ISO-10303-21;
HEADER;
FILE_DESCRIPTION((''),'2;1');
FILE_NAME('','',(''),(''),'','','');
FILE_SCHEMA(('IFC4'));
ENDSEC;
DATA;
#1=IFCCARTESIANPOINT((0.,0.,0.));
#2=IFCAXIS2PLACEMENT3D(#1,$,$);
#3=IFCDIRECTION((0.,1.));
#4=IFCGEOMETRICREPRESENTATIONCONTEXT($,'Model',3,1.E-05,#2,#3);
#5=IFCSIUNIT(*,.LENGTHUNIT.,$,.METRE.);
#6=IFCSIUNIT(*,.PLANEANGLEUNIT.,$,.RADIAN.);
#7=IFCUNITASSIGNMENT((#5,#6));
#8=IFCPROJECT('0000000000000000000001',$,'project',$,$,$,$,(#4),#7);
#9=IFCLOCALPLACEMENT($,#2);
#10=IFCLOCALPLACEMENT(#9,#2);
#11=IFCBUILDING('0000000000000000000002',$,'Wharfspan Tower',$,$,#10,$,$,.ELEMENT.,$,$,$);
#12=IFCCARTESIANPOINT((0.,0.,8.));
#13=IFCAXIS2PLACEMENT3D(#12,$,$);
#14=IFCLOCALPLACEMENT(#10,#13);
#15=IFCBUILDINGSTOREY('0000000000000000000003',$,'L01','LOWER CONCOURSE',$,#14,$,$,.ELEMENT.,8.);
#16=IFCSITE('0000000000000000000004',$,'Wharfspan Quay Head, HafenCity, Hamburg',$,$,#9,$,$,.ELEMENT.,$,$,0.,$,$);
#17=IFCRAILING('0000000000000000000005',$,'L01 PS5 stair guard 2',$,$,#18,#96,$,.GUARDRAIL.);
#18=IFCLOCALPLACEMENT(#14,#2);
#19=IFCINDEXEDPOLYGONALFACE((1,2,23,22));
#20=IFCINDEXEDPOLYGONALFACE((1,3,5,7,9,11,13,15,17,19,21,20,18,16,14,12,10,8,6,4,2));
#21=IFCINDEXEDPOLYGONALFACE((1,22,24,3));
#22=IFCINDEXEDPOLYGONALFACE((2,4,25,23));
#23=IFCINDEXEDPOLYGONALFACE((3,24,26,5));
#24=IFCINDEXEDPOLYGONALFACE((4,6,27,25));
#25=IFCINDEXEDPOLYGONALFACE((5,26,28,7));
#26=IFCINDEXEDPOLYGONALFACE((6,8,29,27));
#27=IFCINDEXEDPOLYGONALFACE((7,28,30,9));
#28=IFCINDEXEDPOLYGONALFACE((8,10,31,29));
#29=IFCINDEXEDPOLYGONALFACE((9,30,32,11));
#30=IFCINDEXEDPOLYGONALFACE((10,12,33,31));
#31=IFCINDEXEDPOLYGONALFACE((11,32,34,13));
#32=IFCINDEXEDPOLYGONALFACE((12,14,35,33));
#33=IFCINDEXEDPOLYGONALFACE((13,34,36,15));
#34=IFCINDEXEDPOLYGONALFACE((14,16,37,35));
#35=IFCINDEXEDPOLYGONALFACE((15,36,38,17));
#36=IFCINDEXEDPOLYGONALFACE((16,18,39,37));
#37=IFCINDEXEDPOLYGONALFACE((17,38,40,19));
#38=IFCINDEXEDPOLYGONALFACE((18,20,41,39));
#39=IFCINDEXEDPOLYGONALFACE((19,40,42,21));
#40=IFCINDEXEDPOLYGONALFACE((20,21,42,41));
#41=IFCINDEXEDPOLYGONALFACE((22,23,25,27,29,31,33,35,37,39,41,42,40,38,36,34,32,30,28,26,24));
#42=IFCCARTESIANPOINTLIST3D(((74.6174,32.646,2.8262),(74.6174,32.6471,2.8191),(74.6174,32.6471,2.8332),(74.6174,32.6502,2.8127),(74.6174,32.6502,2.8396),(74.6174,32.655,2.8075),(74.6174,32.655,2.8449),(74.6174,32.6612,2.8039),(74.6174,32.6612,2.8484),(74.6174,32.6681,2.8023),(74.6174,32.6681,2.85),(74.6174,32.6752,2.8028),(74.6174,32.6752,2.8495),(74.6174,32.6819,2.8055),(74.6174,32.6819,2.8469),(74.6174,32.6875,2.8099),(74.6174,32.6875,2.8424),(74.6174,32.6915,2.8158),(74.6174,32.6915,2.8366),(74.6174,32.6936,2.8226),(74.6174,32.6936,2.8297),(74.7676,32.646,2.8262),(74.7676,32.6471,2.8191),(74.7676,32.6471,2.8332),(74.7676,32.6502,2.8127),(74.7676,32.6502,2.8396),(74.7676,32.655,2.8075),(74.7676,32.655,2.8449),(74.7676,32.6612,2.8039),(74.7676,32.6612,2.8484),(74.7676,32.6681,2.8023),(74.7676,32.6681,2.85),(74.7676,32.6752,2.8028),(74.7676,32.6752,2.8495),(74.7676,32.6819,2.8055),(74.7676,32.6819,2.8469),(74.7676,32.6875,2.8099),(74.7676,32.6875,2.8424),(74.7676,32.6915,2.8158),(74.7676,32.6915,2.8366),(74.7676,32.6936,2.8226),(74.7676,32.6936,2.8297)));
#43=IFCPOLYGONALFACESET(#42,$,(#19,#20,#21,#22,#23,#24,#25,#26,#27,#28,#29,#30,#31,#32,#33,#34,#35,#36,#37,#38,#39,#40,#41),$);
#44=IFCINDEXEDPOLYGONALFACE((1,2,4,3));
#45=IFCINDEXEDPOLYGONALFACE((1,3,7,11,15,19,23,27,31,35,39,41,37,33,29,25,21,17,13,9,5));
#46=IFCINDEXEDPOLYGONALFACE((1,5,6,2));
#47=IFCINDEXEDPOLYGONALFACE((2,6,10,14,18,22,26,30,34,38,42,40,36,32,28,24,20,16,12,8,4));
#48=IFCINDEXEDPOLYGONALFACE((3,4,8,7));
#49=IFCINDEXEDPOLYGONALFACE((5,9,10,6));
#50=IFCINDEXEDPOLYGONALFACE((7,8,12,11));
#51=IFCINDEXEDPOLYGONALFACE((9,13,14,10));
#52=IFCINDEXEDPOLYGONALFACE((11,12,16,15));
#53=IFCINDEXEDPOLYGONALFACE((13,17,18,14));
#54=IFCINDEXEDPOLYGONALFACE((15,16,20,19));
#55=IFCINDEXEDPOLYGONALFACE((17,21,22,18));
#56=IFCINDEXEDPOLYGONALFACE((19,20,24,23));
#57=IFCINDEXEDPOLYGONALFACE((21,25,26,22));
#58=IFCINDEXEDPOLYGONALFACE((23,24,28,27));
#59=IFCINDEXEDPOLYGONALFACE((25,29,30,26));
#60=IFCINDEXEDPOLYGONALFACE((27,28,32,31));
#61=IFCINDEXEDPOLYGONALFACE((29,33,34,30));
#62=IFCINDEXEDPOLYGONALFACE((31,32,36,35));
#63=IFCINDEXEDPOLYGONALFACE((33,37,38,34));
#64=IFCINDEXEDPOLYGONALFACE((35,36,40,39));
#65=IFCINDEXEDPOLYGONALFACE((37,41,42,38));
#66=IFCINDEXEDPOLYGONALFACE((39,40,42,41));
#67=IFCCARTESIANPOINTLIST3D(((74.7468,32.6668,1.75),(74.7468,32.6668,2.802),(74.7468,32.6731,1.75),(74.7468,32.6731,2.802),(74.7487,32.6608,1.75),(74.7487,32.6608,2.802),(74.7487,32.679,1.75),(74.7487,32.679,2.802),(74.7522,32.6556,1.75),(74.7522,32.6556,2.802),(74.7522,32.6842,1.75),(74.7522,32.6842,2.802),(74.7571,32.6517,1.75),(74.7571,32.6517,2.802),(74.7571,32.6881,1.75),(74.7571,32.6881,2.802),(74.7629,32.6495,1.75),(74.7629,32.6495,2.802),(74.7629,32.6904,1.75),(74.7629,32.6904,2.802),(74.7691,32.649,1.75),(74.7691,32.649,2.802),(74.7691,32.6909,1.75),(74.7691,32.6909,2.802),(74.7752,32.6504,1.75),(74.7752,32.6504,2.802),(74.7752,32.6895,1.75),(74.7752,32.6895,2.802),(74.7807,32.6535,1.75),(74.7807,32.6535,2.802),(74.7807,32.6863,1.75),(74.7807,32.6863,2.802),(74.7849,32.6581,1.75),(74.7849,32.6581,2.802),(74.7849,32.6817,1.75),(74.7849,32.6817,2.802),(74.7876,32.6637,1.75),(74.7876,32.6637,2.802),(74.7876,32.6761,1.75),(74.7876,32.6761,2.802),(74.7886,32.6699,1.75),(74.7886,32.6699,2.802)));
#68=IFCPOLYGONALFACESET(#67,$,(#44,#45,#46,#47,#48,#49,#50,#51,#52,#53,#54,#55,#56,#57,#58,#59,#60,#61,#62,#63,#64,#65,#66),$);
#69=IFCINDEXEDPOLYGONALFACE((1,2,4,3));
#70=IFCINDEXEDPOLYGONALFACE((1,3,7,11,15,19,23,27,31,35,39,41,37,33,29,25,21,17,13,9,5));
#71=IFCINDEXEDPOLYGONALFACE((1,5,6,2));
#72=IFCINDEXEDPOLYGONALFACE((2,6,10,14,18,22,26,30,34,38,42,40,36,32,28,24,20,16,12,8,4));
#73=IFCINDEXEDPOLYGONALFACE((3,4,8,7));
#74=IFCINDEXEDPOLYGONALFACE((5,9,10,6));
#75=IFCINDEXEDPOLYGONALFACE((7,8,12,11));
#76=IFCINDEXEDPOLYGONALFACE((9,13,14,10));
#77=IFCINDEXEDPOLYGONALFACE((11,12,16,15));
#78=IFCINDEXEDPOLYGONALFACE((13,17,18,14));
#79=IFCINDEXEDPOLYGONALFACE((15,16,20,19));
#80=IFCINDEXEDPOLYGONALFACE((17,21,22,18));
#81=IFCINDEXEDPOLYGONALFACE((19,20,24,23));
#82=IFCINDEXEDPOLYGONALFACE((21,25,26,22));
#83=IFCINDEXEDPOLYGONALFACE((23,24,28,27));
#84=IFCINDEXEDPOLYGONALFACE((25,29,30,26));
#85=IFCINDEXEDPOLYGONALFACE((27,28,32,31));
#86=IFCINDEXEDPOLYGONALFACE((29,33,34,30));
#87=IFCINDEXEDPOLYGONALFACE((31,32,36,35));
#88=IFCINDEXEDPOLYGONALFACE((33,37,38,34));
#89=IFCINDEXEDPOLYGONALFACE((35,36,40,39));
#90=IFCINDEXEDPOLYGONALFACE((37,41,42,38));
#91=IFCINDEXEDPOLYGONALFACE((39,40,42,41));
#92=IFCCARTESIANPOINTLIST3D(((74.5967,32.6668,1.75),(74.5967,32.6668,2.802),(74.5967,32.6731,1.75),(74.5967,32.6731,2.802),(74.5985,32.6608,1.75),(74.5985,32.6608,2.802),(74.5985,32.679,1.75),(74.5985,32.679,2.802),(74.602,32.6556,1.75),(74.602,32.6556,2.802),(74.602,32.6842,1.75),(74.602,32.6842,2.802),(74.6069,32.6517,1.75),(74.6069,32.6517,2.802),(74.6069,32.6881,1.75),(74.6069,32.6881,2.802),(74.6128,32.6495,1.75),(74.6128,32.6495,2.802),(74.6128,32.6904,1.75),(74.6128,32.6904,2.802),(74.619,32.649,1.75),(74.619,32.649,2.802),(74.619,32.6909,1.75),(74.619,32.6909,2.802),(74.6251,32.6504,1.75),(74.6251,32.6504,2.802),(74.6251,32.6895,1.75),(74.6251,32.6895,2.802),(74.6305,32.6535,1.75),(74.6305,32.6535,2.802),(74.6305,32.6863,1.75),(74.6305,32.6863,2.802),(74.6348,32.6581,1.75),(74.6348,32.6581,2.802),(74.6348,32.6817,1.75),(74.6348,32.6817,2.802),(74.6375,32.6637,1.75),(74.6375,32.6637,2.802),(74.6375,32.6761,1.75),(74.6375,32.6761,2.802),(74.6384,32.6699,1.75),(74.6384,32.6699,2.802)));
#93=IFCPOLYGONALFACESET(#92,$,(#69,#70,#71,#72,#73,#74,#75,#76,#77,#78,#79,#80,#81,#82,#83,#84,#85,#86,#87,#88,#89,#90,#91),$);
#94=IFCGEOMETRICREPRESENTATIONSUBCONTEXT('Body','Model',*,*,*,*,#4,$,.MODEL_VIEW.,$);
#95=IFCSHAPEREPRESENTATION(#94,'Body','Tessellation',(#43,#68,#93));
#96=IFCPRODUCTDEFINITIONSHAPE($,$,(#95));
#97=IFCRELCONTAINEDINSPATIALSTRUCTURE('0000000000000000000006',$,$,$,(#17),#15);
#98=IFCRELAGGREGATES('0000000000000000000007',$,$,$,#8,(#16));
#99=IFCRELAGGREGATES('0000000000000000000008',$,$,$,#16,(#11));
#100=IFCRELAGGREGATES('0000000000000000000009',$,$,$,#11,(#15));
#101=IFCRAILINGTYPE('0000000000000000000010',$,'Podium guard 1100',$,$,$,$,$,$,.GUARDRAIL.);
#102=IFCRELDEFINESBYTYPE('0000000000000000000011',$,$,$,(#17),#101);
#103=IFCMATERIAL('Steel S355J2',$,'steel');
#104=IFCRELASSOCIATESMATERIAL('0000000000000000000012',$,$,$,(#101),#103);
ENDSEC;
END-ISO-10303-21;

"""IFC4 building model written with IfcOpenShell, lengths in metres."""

from ifc_helpers import new_model, si_unit, direction, frame, origin, origin_2d, place, context, subcontext, project, spatial, circle, extrude, material, type_object, element, save


model = new_model("IFC4")

# Units and contexts
model_context = context("Model", 3, precision=1e-05, world=origin(), true_north=direction((0.0, 1.0)))
body_context = subcontext(model_context, "Body", "Model", "MODEL_VIEW")
ifc_project = project(units=[si_unit("LENGTHUNIT", "METRE"), si_unit("PLANEANGLEUNIT", "RADIAN")], contexts=[model_context])

# Site, building, storey
site_placement = place(None, origin())
site = spatial("IfcSite", under=ifc_project, at=site_placement, Name="Wharfspan Quay Head, HafenCity, Hamburg", CompositionType="ELEMENT", RefElevation=0.0)
building_placement = place(site_placement, origin())
building = spatial("IfcBuilding", under=site, at=building_placement, Name="Wharfspan Tower", CompositionType="ELEMENT")
storey_placement = place(building_placement, frame((0.0, 0.0, 8.0)))
storey = spatial("IfcBuildingStorey", under=building, at=storey_placement, Name="L01", Description="LOWER CONCOURSE", CompositionType="ELEMENT", Elevation=8.0)

# Railing
ifc_material_1 = material(Name="Steel S355J2", Category="steel")
railing_type_1 = type_object("IfcRailingType", Name="Podium guard 1100", PredefinedType="GUARDRAIL", material=ifc_material_1)
railing_1_placement = place(storey_placement, frame((74.7676, 32.6699, 1.75)))
element("IfcRailing", 1, at=railing_1_placement, inside=storey, type_object=railing_type_1, Name="L01 PS5 stair guard 2", PredefinedType="GUARDRAIL", context=body_context, shape_type="SweptSolid", body=[
    extrude(circle(Radius=0.0239, at=origin_2d()), frame((0.0, 0.0, 1.0762), z_axis=(-1.0, 0.0, 0.0), x_axis=(0.0, -1.0, 0.0)), (0.0, 0.0, 1.0), 0.1501),
    extrude(circle(Radius=0.021, at=origin_2d()), origin(), (0.0, 0.0, 1.0), 1.052),
    extrude(circle(Radius=0.021, at=origin_2d()), frame((-0.1501, 0.0, 0.0)), (0.0, 0.0, 1.0), 1.052),
])

save(model, "model.ifc")
